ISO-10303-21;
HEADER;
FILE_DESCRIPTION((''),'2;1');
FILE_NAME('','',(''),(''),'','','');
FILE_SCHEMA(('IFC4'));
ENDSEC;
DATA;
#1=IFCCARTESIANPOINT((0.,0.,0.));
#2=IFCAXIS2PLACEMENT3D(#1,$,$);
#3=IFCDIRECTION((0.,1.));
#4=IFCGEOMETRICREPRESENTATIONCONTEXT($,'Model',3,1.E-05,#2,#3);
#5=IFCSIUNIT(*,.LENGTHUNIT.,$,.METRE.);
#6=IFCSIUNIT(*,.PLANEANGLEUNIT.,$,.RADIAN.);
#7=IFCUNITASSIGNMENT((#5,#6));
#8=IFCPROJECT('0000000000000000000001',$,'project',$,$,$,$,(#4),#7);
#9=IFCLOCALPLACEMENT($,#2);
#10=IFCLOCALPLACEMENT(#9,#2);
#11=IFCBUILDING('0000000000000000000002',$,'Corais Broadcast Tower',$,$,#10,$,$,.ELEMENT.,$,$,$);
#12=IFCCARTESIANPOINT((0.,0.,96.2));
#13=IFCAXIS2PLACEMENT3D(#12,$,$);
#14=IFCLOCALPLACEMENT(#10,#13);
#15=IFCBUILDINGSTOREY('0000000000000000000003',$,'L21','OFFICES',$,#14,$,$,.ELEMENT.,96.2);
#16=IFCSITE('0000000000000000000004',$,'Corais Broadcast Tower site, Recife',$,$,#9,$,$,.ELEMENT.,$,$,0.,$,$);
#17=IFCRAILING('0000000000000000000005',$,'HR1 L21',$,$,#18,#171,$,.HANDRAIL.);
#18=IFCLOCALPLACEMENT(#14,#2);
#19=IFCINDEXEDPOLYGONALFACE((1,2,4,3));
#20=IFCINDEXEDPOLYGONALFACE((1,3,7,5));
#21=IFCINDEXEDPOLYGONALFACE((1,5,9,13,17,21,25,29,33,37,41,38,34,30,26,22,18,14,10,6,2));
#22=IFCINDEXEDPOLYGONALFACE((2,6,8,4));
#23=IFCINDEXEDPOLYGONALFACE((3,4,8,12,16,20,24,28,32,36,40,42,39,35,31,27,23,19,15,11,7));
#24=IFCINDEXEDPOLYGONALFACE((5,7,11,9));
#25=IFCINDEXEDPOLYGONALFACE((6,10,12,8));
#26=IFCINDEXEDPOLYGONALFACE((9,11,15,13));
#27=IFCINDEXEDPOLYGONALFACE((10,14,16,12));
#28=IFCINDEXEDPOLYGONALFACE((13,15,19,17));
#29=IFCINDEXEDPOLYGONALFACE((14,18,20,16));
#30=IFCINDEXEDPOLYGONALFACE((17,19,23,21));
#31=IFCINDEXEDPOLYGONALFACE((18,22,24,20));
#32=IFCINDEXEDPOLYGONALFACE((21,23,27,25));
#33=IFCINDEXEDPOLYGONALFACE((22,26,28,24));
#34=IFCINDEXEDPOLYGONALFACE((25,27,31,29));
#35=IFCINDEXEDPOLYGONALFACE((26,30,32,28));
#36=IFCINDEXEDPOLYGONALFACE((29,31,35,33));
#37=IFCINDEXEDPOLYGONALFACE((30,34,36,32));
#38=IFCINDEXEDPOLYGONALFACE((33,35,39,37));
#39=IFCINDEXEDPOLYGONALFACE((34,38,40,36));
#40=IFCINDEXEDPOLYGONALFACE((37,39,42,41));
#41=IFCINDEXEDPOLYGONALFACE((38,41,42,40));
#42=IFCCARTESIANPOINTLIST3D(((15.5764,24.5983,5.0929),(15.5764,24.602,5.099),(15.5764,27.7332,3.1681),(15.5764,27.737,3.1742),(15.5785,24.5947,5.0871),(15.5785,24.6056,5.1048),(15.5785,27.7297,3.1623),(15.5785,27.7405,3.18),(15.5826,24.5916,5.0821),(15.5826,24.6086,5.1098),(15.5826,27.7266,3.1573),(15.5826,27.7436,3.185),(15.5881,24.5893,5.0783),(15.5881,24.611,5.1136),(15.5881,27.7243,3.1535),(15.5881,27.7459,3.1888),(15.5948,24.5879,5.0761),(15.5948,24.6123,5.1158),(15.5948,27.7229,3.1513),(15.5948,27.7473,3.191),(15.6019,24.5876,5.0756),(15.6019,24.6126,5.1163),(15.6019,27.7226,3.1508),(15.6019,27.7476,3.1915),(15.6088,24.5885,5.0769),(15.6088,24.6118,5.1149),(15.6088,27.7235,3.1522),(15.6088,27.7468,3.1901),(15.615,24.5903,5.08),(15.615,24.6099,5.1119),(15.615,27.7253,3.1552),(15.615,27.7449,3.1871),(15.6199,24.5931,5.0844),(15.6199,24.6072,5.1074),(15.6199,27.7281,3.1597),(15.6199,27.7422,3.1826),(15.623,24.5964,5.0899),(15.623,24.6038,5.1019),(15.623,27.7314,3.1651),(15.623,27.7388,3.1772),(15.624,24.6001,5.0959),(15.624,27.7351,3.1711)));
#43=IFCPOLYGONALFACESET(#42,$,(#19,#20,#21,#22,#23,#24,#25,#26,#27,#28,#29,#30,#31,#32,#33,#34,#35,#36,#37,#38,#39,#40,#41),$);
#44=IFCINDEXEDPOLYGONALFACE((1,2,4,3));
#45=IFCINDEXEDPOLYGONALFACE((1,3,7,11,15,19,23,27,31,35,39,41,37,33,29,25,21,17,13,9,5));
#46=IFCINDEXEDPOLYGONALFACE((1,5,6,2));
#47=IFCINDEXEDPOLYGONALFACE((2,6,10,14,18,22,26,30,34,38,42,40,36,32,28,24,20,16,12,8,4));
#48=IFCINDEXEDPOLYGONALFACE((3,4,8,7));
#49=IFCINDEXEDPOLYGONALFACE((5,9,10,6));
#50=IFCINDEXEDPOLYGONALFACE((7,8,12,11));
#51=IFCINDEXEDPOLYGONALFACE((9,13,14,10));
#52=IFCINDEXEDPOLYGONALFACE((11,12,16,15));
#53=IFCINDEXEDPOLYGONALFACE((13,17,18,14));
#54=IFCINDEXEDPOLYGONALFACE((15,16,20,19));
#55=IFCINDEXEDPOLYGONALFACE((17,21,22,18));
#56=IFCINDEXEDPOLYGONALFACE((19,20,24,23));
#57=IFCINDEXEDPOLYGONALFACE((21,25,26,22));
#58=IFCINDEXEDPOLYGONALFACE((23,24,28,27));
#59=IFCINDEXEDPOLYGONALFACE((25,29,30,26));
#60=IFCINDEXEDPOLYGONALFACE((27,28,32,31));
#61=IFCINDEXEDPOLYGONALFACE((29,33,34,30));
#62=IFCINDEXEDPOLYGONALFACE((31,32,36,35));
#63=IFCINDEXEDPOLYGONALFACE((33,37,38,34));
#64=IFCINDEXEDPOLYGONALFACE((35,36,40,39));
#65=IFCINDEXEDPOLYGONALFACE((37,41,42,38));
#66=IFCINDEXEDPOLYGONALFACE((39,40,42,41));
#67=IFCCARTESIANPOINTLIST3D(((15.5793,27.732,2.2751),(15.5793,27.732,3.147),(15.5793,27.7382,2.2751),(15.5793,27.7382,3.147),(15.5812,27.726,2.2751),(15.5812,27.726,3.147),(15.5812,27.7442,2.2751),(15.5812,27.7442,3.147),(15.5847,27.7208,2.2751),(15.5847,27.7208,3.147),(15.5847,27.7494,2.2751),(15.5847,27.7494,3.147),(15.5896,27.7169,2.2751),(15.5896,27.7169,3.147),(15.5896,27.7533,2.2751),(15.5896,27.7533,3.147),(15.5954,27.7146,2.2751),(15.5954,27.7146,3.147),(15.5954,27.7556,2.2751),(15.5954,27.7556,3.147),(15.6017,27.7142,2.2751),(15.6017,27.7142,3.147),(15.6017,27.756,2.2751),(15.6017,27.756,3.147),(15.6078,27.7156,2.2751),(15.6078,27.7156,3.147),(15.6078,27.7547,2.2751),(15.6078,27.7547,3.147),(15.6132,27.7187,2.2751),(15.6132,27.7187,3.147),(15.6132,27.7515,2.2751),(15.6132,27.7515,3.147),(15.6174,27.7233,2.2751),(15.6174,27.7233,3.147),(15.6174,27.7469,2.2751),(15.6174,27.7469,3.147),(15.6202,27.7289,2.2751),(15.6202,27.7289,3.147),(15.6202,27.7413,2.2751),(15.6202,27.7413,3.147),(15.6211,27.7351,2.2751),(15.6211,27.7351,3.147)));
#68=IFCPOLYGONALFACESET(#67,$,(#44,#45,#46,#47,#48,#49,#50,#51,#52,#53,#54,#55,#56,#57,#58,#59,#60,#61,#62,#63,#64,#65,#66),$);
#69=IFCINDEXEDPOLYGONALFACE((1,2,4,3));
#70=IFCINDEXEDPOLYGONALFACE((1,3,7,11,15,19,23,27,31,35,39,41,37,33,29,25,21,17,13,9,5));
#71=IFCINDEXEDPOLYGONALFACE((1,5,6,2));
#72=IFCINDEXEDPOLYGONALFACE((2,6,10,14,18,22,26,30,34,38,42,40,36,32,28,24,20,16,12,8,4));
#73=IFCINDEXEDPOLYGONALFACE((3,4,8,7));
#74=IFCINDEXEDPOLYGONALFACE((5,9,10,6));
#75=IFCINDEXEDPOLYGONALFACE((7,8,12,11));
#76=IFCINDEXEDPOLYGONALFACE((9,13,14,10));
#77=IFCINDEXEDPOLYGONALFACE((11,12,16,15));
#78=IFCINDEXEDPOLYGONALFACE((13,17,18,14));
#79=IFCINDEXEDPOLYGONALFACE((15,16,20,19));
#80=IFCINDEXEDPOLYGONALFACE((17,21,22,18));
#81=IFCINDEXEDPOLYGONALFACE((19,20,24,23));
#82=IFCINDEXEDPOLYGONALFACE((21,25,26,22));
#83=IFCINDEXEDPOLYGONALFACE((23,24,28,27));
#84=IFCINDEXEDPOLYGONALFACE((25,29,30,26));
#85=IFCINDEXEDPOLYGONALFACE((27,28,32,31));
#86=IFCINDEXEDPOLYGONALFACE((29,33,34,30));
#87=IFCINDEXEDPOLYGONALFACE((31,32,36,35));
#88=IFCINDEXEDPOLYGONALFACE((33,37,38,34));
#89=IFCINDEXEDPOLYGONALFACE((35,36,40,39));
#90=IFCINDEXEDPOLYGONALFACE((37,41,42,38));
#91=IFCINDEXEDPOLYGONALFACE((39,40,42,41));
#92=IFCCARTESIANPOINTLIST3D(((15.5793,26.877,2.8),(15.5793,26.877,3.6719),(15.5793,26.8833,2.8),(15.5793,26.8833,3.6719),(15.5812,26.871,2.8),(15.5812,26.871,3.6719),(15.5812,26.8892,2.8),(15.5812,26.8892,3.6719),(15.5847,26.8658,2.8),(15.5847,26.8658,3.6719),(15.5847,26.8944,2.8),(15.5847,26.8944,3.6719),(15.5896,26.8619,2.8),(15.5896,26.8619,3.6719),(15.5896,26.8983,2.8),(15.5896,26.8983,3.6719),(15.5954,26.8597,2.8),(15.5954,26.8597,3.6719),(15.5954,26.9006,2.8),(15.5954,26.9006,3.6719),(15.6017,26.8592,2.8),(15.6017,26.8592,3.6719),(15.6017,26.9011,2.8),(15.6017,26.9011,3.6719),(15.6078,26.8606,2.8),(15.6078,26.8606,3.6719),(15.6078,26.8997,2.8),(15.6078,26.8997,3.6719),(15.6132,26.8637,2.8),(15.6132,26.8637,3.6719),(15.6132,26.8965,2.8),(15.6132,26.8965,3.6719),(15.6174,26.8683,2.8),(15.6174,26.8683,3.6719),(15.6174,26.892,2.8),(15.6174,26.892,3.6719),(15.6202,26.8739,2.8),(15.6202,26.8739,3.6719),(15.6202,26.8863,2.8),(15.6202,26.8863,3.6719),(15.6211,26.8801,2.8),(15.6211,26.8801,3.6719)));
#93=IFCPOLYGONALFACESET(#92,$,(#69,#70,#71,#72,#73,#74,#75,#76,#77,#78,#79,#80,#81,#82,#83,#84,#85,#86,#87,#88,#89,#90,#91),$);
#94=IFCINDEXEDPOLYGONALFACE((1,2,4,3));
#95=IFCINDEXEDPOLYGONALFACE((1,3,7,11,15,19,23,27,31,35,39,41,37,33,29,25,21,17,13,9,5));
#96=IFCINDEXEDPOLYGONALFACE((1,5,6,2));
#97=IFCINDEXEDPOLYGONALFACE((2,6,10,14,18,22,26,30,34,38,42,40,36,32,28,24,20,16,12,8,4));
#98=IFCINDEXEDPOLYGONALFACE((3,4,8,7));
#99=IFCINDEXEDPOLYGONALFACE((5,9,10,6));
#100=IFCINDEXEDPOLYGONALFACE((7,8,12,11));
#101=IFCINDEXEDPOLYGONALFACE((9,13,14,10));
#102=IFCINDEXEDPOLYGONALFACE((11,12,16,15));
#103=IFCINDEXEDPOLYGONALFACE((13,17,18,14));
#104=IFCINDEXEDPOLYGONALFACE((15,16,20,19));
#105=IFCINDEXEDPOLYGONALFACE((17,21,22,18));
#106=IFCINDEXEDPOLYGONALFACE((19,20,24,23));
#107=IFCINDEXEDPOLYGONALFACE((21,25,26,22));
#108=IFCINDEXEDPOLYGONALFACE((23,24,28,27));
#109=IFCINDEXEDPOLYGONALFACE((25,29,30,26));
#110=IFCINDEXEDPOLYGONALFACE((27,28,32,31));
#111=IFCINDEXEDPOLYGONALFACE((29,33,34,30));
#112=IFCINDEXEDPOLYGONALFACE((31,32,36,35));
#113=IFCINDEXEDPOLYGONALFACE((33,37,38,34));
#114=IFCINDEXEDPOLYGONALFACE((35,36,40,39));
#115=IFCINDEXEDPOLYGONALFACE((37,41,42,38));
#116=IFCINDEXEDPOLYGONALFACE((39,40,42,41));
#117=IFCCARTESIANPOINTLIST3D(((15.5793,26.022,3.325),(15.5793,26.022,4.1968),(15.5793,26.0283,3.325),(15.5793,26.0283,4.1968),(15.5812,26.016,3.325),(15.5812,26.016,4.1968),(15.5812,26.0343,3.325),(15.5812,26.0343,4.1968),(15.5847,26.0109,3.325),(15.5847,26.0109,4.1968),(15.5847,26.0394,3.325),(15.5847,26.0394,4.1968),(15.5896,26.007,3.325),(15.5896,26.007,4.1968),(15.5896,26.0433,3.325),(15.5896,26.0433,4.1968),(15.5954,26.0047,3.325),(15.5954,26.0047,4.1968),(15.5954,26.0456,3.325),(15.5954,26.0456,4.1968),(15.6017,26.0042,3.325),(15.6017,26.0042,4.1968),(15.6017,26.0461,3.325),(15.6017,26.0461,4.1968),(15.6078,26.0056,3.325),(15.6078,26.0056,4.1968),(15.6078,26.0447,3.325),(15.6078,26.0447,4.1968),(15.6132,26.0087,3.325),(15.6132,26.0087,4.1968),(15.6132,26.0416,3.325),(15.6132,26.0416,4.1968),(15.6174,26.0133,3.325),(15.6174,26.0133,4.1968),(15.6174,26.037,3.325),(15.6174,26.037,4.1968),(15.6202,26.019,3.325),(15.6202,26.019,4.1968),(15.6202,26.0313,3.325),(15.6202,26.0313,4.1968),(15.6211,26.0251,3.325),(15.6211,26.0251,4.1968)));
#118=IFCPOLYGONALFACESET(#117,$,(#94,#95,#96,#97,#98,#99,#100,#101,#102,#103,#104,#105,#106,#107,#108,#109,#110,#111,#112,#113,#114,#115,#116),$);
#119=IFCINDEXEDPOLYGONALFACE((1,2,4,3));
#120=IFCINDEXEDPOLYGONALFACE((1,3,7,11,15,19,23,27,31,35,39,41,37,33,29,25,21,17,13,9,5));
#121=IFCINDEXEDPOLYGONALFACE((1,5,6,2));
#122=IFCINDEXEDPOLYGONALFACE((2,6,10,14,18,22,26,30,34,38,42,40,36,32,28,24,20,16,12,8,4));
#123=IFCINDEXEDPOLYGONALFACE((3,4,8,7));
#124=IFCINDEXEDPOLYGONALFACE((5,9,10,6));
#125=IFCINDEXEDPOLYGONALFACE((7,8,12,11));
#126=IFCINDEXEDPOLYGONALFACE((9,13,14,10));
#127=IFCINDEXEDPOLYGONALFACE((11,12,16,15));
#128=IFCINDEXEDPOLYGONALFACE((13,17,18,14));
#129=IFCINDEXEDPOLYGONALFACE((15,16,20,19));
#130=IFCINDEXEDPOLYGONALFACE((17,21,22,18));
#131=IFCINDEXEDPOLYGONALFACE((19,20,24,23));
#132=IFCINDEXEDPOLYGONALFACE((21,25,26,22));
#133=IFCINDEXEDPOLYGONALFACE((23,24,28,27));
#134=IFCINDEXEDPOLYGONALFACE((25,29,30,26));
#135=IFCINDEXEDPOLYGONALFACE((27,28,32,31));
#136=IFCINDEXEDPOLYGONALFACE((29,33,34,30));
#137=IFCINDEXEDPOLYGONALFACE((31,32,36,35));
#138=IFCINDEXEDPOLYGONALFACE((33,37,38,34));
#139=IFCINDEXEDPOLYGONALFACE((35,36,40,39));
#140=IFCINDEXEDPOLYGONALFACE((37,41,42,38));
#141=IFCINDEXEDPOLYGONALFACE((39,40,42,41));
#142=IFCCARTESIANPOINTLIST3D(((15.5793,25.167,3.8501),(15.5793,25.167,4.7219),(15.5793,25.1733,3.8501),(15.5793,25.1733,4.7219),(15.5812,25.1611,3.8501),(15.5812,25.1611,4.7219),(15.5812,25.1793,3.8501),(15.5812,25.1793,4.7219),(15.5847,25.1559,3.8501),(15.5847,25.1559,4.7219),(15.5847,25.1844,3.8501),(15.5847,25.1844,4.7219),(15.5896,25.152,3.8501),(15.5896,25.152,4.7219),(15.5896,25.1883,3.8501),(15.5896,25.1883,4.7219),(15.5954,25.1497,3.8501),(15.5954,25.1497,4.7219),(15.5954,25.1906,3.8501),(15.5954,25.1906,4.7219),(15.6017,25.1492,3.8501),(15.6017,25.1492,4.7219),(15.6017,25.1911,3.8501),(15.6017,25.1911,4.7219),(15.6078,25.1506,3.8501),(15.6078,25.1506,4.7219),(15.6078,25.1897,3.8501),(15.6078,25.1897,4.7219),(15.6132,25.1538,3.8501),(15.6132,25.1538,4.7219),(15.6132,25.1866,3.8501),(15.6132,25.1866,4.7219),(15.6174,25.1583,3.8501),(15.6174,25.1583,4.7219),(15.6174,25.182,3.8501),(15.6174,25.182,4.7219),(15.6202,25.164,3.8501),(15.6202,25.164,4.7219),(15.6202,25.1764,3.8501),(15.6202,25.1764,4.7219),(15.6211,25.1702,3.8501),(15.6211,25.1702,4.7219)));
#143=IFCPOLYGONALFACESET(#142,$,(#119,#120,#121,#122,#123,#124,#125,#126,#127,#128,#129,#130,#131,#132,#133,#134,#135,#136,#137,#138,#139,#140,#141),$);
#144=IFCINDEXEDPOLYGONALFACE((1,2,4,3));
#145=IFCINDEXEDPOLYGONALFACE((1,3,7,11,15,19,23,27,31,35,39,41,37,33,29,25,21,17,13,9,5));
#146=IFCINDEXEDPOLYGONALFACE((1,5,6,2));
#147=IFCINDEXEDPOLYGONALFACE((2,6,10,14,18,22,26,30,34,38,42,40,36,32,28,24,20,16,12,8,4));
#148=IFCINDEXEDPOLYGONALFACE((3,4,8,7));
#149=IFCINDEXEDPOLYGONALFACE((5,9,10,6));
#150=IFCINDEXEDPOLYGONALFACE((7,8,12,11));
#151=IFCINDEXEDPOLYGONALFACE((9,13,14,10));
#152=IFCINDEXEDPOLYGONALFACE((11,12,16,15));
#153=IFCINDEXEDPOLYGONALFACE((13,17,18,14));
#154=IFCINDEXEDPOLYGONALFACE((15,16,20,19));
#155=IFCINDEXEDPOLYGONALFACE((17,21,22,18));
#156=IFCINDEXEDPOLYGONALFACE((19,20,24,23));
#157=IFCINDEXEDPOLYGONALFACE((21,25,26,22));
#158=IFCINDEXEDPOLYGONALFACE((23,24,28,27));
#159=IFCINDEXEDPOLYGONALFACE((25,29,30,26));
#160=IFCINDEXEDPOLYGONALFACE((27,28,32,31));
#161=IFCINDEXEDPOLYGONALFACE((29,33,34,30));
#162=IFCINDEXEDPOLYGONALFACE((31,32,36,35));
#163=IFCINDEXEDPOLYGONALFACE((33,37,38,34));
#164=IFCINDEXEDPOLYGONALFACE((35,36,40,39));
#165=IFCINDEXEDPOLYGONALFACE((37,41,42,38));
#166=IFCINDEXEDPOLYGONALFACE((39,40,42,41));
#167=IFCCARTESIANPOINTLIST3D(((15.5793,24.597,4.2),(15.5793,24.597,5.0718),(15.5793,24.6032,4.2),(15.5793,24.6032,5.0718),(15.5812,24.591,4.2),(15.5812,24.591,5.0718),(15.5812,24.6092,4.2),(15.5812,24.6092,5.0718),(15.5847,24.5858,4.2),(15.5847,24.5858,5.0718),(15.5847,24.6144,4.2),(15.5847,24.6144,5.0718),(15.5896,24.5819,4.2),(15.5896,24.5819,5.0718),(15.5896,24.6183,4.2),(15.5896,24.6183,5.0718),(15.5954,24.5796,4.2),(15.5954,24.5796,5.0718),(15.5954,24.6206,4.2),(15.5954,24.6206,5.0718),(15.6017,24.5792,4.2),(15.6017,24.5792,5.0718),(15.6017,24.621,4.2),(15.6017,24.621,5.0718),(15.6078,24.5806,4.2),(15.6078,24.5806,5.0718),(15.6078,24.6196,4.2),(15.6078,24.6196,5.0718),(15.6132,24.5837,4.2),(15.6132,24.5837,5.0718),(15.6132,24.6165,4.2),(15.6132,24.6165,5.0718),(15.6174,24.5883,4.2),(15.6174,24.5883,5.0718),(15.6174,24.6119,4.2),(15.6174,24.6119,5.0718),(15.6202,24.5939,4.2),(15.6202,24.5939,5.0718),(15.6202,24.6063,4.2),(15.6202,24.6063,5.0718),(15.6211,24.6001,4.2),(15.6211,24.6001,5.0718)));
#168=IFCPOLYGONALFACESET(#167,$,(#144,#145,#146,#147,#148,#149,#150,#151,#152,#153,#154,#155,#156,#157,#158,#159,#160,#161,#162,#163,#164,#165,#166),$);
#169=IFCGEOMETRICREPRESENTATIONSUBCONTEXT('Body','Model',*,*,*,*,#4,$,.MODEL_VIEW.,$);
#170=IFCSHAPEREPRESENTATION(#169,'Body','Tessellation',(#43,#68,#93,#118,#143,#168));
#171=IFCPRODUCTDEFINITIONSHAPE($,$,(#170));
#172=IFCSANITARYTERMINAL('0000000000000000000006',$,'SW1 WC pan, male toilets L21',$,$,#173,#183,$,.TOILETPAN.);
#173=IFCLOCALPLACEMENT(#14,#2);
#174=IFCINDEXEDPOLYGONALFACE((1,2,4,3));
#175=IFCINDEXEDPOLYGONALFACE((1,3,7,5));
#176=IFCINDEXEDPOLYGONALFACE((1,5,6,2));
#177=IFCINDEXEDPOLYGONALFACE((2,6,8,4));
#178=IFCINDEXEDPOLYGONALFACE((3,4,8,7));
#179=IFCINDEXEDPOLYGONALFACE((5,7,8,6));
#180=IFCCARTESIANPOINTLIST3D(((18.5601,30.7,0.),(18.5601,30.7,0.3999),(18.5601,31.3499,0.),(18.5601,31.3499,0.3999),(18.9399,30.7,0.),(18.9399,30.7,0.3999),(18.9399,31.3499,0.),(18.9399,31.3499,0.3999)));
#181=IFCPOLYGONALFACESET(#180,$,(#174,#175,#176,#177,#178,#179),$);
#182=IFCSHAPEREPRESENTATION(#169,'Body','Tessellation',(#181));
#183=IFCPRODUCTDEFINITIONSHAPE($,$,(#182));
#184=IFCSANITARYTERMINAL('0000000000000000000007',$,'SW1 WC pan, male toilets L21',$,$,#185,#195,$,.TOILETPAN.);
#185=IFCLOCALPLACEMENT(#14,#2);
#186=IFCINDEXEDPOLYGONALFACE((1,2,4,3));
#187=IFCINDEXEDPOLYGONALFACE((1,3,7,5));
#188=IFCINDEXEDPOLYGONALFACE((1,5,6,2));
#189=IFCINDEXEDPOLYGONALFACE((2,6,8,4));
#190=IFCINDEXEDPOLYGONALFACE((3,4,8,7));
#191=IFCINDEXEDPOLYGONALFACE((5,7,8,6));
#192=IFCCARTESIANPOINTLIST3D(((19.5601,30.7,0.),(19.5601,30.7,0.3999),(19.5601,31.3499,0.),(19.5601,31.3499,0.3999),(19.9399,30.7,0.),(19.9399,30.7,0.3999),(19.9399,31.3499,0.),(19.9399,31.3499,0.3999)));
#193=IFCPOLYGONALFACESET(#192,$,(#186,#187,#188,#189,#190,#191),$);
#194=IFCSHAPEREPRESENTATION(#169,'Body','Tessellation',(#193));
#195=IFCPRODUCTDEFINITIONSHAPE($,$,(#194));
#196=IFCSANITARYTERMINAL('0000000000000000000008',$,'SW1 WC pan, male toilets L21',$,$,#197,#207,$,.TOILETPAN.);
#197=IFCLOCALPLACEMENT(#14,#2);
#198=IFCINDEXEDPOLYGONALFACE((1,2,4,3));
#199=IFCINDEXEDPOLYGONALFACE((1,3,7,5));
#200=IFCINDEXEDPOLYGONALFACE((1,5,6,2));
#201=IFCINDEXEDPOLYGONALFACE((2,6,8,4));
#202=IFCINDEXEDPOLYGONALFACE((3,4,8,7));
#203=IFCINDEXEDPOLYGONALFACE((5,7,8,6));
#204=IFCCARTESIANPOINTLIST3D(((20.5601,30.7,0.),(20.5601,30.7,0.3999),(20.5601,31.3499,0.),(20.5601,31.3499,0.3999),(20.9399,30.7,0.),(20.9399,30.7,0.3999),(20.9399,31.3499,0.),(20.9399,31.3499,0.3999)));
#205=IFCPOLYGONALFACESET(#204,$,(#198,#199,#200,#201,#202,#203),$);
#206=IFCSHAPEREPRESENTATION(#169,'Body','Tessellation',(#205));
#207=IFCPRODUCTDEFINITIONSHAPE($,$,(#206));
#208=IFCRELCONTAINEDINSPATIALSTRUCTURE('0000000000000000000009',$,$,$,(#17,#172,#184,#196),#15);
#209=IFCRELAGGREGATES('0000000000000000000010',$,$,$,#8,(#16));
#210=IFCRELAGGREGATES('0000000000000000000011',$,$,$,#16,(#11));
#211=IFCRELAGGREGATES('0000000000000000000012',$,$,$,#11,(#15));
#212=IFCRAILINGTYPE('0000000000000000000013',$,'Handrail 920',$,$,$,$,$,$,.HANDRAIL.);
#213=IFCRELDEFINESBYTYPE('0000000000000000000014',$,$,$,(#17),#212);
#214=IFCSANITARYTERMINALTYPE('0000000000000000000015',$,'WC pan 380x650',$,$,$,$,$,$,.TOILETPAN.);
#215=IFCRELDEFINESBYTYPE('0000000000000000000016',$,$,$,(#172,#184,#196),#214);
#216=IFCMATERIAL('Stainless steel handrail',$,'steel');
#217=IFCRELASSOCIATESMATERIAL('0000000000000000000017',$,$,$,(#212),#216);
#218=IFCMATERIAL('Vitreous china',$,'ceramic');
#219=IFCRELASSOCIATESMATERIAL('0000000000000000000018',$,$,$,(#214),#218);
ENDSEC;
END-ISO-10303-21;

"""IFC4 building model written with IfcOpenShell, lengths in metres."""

from ifc_helpers import new_model, si_unit, direction, frame, origin, origin_2d, place, context, subcontext, project, spatial, rectangle, circle, extrude, material, type_object, element, save


model = new_model("IFC4")

# Units and contexts
model_context = context("Model", 3, precision=1e-05, world=origin(), true_north=direction((0.0, 1.0)))
body_context = subcontext(model_context, "Body", "Model", "MODEL_VIEW")
ifc_project = project(units=[si_unit("LENGTHUNIT", "METRE"), si_unit("PLANEANGLEUNIT", "RADIAN")], contexts=[model_context])

# Site, building, storey
site_placement = place(None, origin())
site = spatial("IfcSite", under=ifc_project, at=site_placement, Name="Corais Broadcast Tower site, Recife", CompositionType="ELEMENT", RefElevation=0.0)
building_placement = place(site_placement, origin())
building = spatial("IfcBuilding", under=site, at=building_placement, Name="Corais Broadcast Tower", CompositionType="ELEMENT")
storey_placement = place(building_placement, frame((0.0, 0.0, 96.2)))
storey = spatial("IfcBuildingStorey", under=building, at=storey_placement, Name="L21", Description="OFFICES", CompositionType="ELEMENT", Elevation=96.2)

# Railing
ifc_material_1 = material(Name="Stainless steel handrail", Category="steel")
railing_type = type_object("IfcRailingType", Name="Handrail 920", PredefinedType="HANDRAIL", material=ifc_material_1)
railing_placement = place(storey_placement, frame((15.6001, 27.7351, 2.2751)))
element("IfcRailing", 1, at=railing_placement, inside=storey, type_object=railing_type, Name="HR1 L21", PredefinedType="HANDRAIL", context=body_context, shape_type="SweptSolid", body=[
    extrude(circle(Radius=0.0239, at=origin_2d()), frame((0.0, 0.0, 0.896), z_axis=(0.0, -0.852196, 0.523223), x_axis=(1.0, 0.0, 0.0)), (0.0, 0.0, 1.0), 3.6787),
    extrude(circle(Radius=0.021, at=origin_2d()), origin(), (0.0, 0.0, 1.0), 0.8718),
    extrude(circle(Radius=0.021, at=origin_2d()), frame((0.0, -0.855, 0.5249)), (0.0, 0.0, 1.0), 0.8718),
    extrude(circle(Radius=0.021, at=origin_2d()), frame((0.0, -1.71, 1.0498)), (0.0, 0.0, 1.0), 0.8718),
    extrude(circle(Radius=0.021, at=origin_2d()), frame((0.0, -2.5649, 1.575)), (0.0, 0.0, 1.0), 0.8718),
    extrude(circle(Radius=0.021, at=origin_2d()), frame((0.0, -3.135, 1.9248)), (0.0, 0.0, 1.0), 0.8718),
])

# Sanitary terminals
ifc_material_2 = material(Name="Vitreous china", Category="ceramic")
sanitary_terminal_type_1 = type_object("IfcSanitaryTerminalType", Name="WC pan 380x650", PredefinedType="TOILETPAN", material=ifc_material_2)
for number, where, z_axis, x_axis, name in (
    (2, (18.75, 31.0249, 0.0), (0.0, 0.0, 1.0), (1.0, 0.0, 0.0), "SW1 WC pan, male toilets L21"),
    (3, (19.75, 31.0249, 0.0), (0.0, 0.0, 1.0), (1.0, 0.0, 0.0), "SW1 WC pan, male toilets L21"),
    (4, (20.75, 31.0249, 0.0), (0.0, 0.0, 1.0), (1.0, 0.0, 0.0), "SW1 WC pan, male toilets L21"),
):
    element("IfcSanitaryTerminal", number, at=place(storey_placement, frame(where, z_axis=z_axis, x_axis=x_axis)), inside=storey, type_object=sanitary_terminal_type_1, Name=name, PredefinedType="TOILETPAN", context=body_context, shape_type="SweptSolid", body=[
        extrude(rectangle(XDim=0.3799, YDim=0.6499, at=origin_2d()), origin(), (0.0, 0.0, 1.0), 0.3999),
    ])

save(model, "model.ifc")
